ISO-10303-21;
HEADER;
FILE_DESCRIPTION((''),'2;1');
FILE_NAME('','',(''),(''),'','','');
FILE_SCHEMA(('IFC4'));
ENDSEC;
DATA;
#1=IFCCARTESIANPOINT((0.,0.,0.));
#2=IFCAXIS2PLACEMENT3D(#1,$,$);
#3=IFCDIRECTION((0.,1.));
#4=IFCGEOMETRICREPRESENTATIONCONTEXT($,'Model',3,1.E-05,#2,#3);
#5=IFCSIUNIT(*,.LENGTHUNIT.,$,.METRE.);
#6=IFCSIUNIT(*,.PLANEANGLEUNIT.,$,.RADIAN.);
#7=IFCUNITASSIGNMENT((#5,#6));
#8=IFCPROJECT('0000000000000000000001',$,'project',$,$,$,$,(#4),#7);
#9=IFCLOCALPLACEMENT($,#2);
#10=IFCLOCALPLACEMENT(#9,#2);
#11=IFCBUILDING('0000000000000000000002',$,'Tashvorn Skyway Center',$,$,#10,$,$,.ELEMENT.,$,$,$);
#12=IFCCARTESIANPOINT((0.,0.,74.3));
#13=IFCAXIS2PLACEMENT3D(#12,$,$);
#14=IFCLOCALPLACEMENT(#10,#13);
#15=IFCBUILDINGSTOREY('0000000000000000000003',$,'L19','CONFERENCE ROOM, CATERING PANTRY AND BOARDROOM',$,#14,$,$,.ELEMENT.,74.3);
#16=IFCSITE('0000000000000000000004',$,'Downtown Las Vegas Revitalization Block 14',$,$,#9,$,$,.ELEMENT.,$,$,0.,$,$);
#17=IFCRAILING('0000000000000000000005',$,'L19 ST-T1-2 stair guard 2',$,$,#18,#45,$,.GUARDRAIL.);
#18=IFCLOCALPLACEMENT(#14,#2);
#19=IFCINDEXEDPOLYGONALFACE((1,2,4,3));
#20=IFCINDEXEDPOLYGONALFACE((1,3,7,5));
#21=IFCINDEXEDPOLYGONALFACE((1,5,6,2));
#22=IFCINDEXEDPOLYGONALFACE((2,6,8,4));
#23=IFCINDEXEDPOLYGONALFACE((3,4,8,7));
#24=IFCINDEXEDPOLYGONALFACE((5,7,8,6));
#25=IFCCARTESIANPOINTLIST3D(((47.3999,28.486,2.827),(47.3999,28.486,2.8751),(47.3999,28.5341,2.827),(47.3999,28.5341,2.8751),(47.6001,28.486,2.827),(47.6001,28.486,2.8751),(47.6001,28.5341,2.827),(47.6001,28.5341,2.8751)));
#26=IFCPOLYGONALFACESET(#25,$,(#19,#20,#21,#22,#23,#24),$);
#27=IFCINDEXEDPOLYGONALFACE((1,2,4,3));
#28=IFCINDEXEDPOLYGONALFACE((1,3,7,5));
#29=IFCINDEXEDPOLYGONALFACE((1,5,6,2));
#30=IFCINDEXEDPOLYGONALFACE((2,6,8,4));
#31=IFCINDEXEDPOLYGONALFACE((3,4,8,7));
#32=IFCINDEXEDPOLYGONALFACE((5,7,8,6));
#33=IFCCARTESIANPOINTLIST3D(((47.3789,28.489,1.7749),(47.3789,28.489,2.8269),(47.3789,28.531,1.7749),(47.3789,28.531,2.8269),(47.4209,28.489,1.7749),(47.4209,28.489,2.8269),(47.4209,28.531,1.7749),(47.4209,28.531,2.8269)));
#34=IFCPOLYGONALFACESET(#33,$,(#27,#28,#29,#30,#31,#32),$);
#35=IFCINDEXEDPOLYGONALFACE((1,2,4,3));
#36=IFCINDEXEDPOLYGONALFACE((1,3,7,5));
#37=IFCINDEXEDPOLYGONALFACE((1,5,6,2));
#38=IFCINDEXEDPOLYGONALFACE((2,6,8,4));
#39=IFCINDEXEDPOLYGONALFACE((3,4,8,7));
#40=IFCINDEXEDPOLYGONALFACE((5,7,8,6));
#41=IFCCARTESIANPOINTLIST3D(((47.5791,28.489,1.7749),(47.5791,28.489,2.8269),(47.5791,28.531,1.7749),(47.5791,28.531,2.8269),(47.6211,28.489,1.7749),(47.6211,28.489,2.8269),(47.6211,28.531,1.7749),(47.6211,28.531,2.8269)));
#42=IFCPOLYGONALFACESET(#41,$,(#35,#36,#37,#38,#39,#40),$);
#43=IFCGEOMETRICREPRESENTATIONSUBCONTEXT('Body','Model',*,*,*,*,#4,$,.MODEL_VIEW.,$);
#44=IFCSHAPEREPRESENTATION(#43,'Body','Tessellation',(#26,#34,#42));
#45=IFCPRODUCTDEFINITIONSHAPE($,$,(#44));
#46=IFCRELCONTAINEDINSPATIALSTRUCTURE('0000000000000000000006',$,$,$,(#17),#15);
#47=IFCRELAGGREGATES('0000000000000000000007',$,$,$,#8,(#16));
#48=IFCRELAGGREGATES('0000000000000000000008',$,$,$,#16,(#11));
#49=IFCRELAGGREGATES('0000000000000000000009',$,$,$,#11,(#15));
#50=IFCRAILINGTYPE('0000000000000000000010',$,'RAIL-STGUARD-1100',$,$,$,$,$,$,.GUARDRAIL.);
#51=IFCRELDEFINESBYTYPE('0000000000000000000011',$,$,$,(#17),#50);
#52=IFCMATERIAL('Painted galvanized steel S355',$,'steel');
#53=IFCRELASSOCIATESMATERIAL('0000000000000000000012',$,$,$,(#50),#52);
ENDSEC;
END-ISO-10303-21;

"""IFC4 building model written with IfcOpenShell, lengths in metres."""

from ifc_helpers import new_model, si_unit, direction, frame, origin, origin_2d, place, context, subcontext, project, spatial, rectangle, extrude, material, type_object, element, save


model = new_model("IFC4")

# Units and contexts
model_context = context("Model", 3, precision=1e-05, world=origin(), true_north=direction((0.0, 1.0)))
body_context = subcontext(model_context, "Body", "Model", "MODEL_VIEW")
ifc_project = project(units=[si_unit("LENGTHUNIT", "METRE"), si_unit("PLANEANGLEUNIT", "RADIAN")], contexts=[model_context])

# Site, building, storey
site_placement = place(None, origin())
site = spatial("IfcSite", under=ifc_project, at=site_placement, Name="Downtown Las Vegas Revitalization Block 14", CompositionType="ELEMENT", RefElevation=0.0)
building_placement = place(site_placement, origin())
building = spatial("IfcBuilding", under=site, at=building_placement, Name="Tashvorn Skyway Center", CompositionType="ELEMENT")
storey_placement = place(building_placement, frame((0.0, 0.0, 74.3)))
storey = spatial("IfcBuildingStorey", under=building, at=storey_placement, Name="L19", Description="CONFERENCE ROOM, CATERING PANTRY AND BOARDROOM", CompositionType="ELEMENT", Elevation=74.3)

# Railing
ifc_material_1 = material(Name="Painted galvanized steel S355", Category="steel")
railing_type_1 = type_object("IfcRailingType", Name="RAIL-STGUARD-1100", PredefinedType="GUARDRAIL", material=ifc_material_1)
railing_1_placement = place(storey_placement, frame((47.3999, 28.51, 1.7749)))
element("IfcRailing", 1, at=railing_1_placement, inside=storey, type_object=railing_type_1, Name="L19 ST-T1-2 stair guard 2", PredefinedType="GUARDRAIL", context=body_context, shape_type="SweptSolid", body=[
    extrude(rectangle(XDim=0.0481, YDim=0.0481, at=origin_2d()), frame((0.0, 0.0, 1.0762), z_axis=(1.0, 0.0, 0.0), x_axis=(0.0, 1.0, 0.0)), (0.0, 0.0, 1.0), 0.2002),
    extrude(rectangle(XDim=0.042, YDim=0.042, at=origin_2d()), origin(), (0.0, 0.0, 1.0), 1.052),
    extrude(rectangle(XDim=0.042, YDim=0.042, at=origin_2d()), frame((0.2002, 0.0, 0.0)), (0.0, 0.0, 1.0), 1.052),
])

save(model, "model.ifc")
